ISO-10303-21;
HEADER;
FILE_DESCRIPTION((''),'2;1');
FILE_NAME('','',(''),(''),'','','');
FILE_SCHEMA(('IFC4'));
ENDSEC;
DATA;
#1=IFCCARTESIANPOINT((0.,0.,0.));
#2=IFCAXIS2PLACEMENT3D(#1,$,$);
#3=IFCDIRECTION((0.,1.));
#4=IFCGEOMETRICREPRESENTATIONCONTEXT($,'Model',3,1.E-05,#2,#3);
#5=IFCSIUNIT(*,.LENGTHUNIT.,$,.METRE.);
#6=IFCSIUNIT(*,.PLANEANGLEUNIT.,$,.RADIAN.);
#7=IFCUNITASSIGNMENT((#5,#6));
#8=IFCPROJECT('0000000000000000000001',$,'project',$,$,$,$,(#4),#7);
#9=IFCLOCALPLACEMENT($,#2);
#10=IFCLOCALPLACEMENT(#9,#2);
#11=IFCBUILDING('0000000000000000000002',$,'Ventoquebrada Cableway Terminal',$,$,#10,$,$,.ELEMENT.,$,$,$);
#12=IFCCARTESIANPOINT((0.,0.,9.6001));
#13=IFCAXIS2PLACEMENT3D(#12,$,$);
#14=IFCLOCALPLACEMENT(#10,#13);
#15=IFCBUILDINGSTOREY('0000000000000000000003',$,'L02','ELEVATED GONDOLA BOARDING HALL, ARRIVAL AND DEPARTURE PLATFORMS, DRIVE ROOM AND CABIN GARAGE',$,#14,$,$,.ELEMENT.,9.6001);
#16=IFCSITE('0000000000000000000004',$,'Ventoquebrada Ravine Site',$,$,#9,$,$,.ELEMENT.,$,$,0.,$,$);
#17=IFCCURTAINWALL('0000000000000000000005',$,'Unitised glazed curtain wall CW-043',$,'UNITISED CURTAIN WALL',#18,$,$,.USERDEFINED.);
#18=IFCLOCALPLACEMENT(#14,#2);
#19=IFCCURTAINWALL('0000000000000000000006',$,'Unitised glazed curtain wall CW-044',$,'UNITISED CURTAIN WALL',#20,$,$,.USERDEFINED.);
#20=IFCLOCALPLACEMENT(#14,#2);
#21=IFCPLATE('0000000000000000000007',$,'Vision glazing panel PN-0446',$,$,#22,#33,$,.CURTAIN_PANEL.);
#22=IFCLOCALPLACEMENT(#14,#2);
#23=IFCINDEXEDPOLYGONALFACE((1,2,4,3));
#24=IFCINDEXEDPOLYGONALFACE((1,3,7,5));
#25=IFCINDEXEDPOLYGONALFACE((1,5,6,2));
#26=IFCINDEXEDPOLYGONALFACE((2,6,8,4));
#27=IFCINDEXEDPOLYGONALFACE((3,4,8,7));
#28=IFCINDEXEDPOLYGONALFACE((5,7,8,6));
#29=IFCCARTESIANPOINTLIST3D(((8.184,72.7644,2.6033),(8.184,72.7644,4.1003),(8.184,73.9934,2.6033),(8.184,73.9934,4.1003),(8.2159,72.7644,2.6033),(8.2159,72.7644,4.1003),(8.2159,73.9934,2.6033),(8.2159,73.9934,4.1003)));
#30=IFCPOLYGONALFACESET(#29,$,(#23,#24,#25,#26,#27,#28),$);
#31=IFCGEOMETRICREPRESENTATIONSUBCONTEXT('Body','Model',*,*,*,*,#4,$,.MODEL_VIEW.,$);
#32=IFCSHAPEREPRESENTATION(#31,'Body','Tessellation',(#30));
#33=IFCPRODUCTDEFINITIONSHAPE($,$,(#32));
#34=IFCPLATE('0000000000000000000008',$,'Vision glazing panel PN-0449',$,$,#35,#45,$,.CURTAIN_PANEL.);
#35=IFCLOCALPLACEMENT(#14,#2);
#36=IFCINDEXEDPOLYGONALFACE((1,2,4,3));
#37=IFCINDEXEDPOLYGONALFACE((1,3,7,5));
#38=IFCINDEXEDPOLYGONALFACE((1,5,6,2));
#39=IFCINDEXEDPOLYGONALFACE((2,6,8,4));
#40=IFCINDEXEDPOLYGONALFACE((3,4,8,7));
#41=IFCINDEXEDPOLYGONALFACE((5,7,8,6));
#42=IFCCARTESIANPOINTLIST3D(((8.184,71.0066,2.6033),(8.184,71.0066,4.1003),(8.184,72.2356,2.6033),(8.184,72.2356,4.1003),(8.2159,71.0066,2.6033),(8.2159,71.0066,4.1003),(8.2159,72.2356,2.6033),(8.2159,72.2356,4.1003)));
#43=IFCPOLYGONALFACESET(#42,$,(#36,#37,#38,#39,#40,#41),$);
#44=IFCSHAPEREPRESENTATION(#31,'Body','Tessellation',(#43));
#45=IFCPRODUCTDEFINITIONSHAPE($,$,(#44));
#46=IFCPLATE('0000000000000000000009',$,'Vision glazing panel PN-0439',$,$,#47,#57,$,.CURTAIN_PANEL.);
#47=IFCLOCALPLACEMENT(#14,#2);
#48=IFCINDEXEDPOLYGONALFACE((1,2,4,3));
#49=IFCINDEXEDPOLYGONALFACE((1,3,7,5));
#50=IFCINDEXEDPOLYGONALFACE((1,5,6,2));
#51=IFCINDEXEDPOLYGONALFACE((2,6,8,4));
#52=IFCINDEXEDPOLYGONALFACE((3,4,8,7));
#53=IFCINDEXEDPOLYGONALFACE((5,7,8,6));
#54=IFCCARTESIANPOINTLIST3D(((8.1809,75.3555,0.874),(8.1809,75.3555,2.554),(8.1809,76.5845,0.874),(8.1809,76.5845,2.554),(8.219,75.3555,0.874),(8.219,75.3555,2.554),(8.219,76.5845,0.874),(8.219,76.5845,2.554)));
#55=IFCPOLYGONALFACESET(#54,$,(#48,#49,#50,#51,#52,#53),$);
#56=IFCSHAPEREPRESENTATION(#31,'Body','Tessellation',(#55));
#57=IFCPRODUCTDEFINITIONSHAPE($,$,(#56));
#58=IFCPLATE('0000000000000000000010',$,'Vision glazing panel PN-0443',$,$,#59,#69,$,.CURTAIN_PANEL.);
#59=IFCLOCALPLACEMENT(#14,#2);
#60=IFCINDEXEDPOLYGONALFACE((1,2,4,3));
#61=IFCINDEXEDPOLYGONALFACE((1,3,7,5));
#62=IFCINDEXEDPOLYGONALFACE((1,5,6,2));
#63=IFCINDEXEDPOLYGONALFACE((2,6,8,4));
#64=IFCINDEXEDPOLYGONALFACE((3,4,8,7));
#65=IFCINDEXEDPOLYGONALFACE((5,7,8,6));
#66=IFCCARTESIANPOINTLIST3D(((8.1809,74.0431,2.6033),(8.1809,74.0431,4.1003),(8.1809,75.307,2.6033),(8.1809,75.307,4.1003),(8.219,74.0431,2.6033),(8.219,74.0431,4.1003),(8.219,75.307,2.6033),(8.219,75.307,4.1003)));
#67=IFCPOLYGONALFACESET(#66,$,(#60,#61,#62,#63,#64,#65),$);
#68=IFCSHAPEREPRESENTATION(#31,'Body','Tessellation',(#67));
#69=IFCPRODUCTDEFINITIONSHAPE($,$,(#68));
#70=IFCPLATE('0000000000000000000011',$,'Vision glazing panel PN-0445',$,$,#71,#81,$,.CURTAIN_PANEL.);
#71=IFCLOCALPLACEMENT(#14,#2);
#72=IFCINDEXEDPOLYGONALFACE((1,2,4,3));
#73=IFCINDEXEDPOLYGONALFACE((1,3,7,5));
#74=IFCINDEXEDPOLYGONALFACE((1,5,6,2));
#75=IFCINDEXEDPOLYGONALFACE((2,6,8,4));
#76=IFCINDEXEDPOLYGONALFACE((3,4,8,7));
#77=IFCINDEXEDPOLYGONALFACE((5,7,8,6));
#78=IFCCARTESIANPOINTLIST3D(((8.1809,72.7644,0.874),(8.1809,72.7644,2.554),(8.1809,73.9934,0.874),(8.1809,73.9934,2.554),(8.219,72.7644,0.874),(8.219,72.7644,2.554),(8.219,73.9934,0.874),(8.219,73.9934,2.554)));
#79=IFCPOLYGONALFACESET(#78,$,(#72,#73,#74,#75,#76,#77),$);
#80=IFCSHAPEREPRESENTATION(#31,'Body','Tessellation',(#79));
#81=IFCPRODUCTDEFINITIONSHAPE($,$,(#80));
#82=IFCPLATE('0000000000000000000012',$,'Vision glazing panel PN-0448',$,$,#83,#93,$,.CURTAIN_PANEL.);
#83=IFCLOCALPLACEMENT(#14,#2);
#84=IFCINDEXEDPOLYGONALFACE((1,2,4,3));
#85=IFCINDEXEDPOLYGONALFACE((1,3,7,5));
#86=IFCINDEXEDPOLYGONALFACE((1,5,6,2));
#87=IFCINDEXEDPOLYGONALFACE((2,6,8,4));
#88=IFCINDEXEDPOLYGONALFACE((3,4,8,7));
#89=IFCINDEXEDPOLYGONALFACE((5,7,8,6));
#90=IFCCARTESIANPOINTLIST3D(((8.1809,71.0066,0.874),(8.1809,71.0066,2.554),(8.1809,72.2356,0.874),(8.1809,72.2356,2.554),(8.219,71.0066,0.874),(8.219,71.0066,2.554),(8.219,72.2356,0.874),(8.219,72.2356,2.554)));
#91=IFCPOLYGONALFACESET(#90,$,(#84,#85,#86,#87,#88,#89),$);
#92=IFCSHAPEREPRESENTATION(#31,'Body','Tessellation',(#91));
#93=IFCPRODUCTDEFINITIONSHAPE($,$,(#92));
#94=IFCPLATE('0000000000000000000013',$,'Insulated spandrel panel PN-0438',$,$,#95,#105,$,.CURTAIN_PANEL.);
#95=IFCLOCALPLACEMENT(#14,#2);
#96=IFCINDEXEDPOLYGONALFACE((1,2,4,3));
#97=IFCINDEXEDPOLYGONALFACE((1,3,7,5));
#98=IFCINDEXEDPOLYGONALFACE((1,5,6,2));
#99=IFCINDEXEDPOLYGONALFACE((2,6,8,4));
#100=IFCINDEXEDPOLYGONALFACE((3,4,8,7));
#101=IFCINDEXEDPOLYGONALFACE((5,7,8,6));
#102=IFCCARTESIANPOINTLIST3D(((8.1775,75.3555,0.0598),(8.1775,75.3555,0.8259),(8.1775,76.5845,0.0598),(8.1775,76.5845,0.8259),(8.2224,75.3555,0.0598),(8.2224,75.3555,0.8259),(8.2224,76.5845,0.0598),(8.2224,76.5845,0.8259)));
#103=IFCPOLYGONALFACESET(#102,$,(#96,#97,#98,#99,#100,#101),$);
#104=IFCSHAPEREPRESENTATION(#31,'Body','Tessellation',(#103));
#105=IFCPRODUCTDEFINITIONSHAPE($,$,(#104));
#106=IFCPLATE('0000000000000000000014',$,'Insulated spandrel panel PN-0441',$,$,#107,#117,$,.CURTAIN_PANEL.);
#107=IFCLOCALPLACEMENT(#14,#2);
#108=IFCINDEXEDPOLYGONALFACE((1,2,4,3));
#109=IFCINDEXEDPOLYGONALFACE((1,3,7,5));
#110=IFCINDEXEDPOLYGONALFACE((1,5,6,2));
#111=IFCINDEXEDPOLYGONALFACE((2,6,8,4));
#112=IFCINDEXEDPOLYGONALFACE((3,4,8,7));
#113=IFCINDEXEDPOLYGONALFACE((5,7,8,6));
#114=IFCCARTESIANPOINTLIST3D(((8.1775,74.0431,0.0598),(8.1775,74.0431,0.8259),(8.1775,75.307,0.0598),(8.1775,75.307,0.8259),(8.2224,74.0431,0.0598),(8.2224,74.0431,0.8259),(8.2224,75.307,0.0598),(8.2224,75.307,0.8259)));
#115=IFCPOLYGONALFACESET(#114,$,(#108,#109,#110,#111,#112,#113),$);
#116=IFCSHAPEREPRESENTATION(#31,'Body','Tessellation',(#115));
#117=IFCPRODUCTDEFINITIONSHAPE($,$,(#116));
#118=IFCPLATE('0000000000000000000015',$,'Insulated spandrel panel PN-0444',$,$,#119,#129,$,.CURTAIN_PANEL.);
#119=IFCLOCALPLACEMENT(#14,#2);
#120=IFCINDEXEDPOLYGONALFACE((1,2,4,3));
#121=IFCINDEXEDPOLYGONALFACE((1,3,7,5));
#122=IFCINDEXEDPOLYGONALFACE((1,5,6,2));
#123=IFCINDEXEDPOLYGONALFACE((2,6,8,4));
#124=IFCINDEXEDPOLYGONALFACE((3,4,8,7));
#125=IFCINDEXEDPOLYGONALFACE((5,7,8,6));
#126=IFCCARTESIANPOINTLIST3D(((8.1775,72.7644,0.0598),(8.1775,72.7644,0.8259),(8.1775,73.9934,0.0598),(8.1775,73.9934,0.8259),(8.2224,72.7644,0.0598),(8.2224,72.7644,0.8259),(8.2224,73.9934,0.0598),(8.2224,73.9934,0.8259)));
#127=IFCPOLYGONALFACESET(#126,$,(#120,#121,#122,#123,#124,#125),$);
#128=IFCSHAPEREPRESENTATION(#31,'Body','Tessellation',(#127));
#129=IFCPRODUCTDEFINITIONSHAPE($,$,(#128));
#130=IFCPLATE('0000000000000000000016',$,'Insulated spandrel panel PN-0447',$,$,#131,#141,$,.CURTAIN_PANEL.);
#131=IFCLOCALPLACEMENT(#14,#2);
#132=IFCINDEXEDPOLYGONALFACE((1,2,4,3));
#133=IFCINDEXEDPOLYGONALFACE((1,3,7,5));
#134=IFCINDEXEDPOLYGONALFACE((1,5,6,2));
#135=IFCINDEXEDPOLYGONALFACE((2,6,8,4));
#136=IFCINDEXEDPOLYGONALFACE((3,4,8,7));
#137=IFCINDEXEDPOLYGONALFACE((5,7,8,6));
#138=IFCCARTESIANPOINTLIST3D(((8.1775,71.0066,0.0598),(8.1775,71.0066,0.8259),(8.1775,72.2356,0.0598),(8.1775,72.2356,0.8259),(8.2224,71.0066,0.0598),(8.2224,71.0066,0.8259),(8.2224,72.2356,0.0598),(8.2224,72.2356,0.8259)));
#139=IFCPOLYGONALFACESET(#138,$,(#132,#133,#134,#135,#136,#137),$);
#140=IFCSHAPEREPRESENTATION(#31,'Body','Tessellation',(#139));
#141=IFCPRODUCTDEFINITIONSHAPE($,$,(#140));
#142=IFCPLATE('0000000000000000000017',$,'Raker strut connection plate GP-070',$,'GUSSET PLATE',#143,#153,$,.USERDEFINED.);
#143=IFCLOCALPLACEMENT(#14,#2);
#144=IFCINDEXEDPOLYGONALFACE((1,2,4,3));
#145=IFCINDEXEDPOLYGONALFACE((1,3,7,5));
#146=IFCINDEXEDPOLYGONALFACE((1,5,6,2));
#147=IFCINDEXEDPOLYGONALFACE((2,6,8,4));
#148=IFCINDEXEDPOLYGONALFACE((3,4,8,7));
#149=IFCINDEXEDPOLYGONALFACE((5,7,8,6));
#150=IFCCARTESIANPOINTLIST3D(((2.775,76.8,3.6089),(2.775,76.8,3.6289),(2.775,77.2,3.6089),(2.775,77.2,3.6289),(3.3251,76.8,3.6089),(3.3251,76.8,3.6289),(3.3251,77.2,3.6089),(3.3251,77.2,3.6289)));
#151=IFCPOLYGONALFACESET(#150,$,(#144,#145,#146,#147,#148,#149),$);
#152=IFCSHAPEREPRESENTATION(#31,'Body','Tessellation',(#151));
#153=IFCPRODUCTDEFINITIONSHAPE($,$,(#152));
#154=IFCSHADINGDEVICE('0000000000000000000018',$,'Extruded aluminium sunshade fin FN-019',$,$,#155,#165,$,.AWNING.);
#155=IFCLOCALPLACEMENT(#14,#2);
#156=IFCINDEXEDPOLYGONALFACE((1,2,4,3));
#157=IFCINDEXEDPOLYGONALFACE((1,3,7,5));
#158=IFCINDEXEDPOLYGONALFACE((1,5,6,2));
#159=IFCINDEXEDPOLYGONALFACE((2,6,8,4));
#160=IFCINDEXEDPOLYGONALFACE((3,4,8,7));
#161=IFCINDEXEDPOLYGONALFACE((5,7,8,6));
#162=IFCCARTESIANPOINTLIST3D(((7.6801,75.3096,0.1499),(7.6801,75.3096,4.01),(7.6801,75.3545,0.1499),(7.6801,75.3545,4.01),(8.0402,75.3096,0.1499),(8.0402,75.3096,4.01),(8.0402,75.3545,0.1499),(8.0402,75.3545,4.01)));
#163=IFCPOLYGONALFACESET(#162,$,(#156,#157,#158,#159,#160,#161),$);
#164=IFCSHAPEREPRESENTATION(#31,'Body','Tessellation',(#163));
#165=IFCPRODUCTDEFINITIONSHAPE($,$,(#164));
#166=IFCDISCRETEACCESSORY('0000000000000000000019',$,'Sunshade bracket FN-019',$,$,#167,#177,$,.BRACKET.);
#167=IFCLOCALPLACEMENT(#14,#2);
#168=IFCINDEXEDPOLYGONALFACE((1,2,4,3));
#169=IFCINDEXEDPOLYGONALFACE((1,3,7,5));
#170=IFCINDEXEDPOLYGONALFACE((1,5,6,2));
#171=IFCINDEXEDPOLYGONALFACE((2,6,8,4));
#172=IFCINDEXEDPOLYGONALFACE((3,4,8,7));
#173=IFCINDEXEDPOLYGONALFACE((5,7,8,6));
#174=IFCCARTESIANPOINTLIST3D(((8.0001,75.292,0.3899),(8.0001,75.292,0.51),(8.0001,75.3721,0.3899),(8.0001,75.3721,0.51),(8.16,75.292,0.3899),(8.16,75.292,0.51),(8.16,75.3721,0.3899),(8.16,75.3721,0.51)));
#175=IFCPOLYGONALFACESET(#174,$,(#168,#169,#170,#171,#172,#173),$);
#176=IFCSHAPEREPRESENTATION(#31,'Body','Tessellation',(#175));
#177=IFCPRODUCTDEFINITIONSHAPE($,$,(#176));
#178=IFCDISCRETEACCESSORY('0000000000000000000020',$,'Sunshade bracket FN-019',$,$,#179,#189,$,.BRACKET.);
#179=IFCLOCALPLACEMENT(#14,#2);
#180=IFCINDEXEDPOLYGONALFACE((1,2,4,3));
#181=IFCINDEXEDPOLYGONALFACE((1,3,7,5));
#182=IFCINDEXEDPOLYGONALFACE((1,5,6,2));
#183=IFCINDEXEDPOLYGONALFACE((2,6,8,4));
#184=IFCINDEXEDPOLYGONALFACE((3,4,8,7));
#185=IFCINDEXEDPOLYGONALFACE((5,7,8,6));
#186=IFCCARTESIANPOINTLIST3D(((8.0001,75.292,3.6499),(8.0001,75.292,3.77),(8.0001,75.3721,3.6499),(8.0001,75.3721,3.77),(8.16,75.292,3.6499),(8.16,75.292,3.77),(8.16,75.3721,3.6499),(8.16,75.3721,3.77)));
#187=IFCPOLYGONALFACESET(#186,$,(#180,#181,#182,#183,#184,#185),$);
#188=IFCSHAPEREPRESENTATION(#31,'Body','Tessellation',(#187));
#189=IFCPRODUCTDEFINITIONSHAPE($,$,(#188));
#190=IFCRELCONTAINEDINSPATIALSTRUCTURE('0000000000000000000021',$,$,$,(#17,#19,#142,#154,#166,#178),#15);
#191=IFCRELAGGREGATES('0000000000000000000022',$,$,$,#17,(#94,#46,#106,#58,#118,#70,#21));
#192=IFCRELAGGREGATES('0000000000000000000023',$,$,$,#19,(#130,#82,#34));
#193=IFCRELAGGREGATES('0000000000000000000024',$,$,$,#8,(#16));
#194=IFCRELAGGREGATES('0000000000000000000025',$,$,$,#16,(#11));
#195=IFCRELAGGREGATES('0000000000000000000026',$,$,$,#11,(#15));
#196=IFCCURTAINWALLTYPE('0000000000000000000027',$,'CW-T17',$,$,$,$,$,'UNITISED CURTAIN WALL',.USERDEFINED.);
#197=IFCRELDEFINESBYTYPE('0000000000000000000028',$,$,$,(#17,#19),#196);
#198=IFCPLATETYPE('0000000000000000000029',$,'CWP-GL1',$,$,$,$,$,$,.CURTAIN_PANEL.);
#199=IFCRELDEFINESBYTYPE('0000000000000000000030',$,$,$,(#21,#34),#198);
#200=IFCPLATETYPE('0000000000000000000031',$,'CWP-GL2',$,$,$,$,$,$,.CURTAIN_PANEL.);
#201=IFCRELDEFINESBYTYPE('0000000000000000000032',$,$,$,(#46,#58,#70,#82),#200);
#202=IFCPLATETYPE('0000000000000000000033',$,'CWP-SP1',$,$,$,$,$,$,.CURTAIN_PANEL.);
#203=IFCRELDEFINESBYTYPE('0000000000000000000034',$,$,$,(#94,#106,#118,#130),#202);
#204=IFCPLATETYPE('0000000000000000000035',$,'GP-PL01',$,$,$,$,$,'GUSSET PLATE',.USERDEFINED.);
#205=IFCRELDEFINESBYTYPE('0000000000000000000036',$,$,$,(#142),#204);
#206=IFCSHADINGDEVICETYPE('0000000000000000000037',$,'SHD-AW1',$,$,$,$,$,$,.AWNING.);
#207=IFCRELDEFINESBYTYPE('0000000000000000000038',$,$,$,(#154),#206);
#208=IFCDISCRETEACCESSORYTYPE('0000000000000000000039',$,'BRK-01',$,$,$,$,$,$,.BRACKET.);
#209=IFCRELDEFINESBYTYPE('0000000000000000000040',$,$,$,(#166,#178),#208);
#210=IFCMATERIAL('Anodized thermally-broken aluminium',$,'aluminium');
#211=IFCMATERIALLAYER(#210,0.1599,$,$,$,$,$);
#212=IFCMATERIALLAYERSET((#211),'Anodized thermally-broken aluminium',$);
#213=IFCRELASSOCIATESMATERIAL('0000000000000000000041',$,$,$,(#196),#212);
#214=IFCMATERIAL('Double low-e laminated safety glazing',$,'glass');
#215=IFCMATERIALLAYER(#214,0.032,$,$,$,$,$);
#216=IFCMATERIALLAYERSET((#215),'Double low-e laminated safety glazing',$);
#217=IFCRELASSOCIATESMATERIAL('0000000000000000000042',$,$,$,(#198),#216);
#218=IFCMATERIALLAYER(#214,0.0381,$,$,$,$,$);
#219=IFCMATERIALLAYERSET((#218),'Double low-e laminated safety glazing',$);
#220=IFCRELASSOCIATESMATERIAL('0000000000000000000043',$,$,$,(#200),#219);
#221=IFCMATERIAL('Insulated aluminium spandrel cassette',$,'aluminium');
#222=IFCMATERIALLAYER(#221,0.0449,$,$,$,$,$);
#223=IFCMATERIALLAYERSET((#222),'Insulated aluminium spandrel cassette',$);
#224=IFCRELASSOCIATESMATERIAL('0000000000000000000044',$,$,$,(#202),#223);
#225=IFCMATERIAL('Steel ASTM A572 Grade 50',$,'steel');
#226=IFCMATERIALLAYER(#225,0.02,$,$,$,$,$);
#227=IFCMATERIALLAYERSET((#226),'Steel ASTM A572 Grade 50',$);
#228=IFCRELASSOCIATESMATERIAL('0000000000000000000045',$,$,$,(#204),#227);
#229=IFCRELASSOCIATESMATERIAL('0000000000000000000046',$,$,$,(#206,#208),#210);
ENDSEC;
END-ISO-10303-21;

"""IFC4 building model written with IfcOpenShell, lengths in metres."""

from ifc_helpers import new_model, si_unit, direction, frame, origin, origin_2d, place, context, subcontext, project, spatial, rectangle, extrude, material, layer, layer_set, type_object, element, aggregate, save


model = new_model("IFC4")

# Units and contexts
model_context = context("Model", 3, precision=1e-05, world=origin(), true_north=direction((0.0, 1.0)))
body_context = subcontext(model_context, "Body", "Model", "MODEL_VIEW")
ifc_project = project(units=[si_unit("LENGTHUNIT", "METRE"), si_unit("PLANEANGLEUNIT", "RADIAN")], contexts=[model_context])

# Site, building, storey
site_placement = place(None, origin())
site = spatial("IfcSite", under=ifc_project, at=site_placement, Name="Ventoquebrada Ravine Site", CompositionType="ELEMENT", RefElevation=0.0)
building_placement = place(site_placement, origin())
building = spatial("IfcBuilding", under=site, at=building_placement, Name="Ventoquebrada Cableway Terminal", CompositionType="ELEMENT")
storey_placement = place(building_placement, frame((0.0, 0.0, 9.6001)))
storey = spatial("IfcBuildingStorey", under=building, at=storey_placement, Name="L02", Description="ELEVATED GONDOLA BOARDING HALL, ARRIVAL AND DEPARTURE PLATFORMS, DRIVE ROOM AND CABIN GARAGE", CompositionType="ELEMENT", Elevation=9.6001)

# Curtain wall
ifc_material_1 = material(Name="Anodized thermally-broken aluminium", Category="aluminium")
ifc_layer_1 = layer(ifc_material_1, 0.1599)
ifc_layer_set_1 = layer_set([ifc_layer_1], Name="Anodized thermally-broken aluminium")
curtain_wall_type = type_object("IfcCurtainWallType", Name="CW-T17", ElementType="UNITISED CURTAIN WALL", PredefinedType="USERDEFINED", material=ifc_layer_set_1)
curtain_wall_1_placement = place(storey_placement, origin())
curtain_wall_1 = element("IfcCurtainWall", 1, at=curtain_wall_1_placement, inside=storey, type_object=curtain_wall_type, Name="Unitised glazed curtain wall CW-043", ObjectType="UNITISED CURTAIN WALL", PredefinedType="USERDEFINED")

# Curtain wall
curtain_wall_2_placement = place(storey_placement, origin())
curtain_wall_2 = element("IfcCurtainWall", 2, at=curtain_wall_2_placement, inside=storey, type_object=curtain_wall_type, Name="Unitised glazed curtain wall CW-044", ObjectType="UNITISED CURTAIN WALL", PredefinedType="USERDEFINED")

# Plates
ifc_material_2 = material(Name="Double low-e laminated safety glazing", Category="glass")
ifc_layer_2 = layer(ifc_material_2, 0.032)
ifc_layer_set_2 = layer_set([ifc_layer_2], Name="Double low-e laminated safety glazing")
plate_type_1 = type_object("IfcPlateType", Name="CWP-GL1", PredefinedType="CURTAIN_PANEL", material=ifc_layer_set_2)
plate_1_placement = place(storey_placement, frame((8.2, 73.3789, 2.6033), z_axis=(0.0, 0.0, 1.0), x_axis=(0.0, -1.0, 0.0)))
plate_1 = element("IfcPlate", 3, at=plate_1_placement, type_object=plate_type_1, Name="Vision glazing panel PN-0446", PredefinedType="CURTAIN_PANEL", context=body_context, shape_type="SweptSolid", body=[
    extrude(rectangle(XDim=1.229, YDim=0.032, at=origin_2d()), origin(), (0.0, 0.0, 1.0), 1.4971),
])
plate_2_placement = place(storey_placement, frame((8.2, 71.6211, 2.6033), z_axis=(0.0, 0.0, 1.0), x_axis=(0.0, -1.0, 0.0)))
plate_2 = element("IfcPlate", 4, at=plate_2_placement, type_object=plate_type_1, Name="Vision glazing panel PN-0449", PredefinedType="CURTAIN_PANEL", context=body_context, shape_type="SweptSolid", body=[
    extrude(rectangle(XDim=1.229, YDim=0.032, at=origin_2d()), origin(), (0.0, 0.0, 1.0), 1.4971),
])
ifc_layer_3 = layer(ifc_material_2, 0.0381)
ifc_layer_set_3 = layer_set([ifc_layer_3], Name="Double low-e laminated safety glazing")
plate_type_2 = type_object("IfcPlateType", Name="CWP-GL2", PredefinedType="CURTAIN_PANEL", material=ifc_layer_set_3)
plate_3_placement = place(storey_placement, frame((8.2, 75.97, 0.874), z_axis=(0.0, 0.0, 1.0), x_axis=(0.0, -1.0, 0.0)))
plate_3 = element("IfcPlate", 5, at=plate_3_placement, type_object=plate_type_2, Name="Vision glazing panel PN-0439", PredefinedType="CURTAIN_PANEL", context=body_context, shape_type="SweptSolid", body=[
    extrude(rectangle(XDim=1.229, YDim=0.0381, at=origin_2d()), origin(), (0.0, 0.0, 1.0), 1.6799),
])
plate_4_placement = place(storey_placement, frame((8.2, 74.675, 2.6033), z_axis=(0.0, 0.0, 1.0), x_axis=(0.0, -1.0, 0.0)))
plate_4 = element("IfcPlate", 6, at=plate_4_placement, type_object=plate_type_2, Name="Vision glazing panel PN-0443", PredefinedType="CURTAIN_PANEL", context=body_context, shape_type="SweptSolid", body=[
    extrude(rectangle(XDim=1.2639, YDim=0.0381, at=origin_2d()), origin(), (0.0, 0.0, 1.0), 1.4971),
])
plate_5_placement = place(storey_placement, frame((8.2, 73.3789, 0.874), z_axis=(0.0, 0.0, 1.0), x_axis=(0.0, -1.0, 0.0)))
plate_5 = element("IfcPlate", 7, at=plate_5_placement, type_object=plate_type_2, Name="Vision glazing panel PN-0445", PredefinedType="CURTAIN_PANEL", context=body_context, shape_type="SweptSolid", body=[
    extrude(rectangle(XDim=1.229, YDim=0.0381, at=origin_2d()), origin(), (0.0, 0.0, 1.0), 1.6799),
])
plate_6_placement = place(storey_placement, frame((8.2, 71.6211, 0.874), z_axis=(0.0, 0.0, 1.0), x_axis=(0.0, -1.0, 0.0)))
plate_6 = element("IfcPlate", 8, at=plate_6_placement, type_object=plate_type_2, Name="Vision glazing panel PN-0448", PredefinedType="CURTAIN_PANEL", context=body_context, shape_type="SweptSolid", body=[
    extrude(rectangle(XDim=1.229, YDim=0.0381, at=origin_2d()), origin(), (0.0, 0.0, 1.0), 1.6799),
])
ifc_material_3 = material(Name="Insulated aluminium spandrel cassette", Category="aluminium")
ifc_layer_4 = layer(ifc_material_3, 0.0449)
ifc_layer_set_4 = layer_set([ifc_layer_4], Name="Insulated aluminium spandrel cassette")
plate_type_3 = type_object("IfcPlateType", Name="CWP-SP1", PredefinedType="CURTAIN_PANEL", material=ifc_layer_set_4)
plate_7_placement = place(storey_placement, frame((8.2, 75.97, 0.0598), z_axis=(0.0, 0.0, 1.0), x_axis=(0.0, -1.0, 0.0)))
plate_7 = element("IfcPlate", 9, at=plate_7_placement, type_object=plate_type_3, Name="Insulated spandrel panel PN-0438", PredefinedType="CURTAIN_PANEL", context=body_context, shape_type="SweptSolid", body=[
    extrude(rectangle(XDim=1.229, YDim=0.0449, at=origin_2d()), origin(), (0.0, 0.0, 1.0), 0.7661),
])
plate_8_placement = place(storey_placement, frame((8.2, 74.675, 0.0598), z_axis=(0.0, 0.0, 1.0), x_axis=(0.0, -1.0, 0.0)))
plate_8 = element("IfcPlate", 10, at=plate_8_placement, type_object=plate_type_3, Name="Insulated spandrel panel PN-0441", PredefinedType="CURTAIN_PANEL", context=body_context, shape_type="SweptSolid", body=[
    extrude(rectangle(XDim=1.2639, YDim=0.0449, at=origin_2d()), origin(), (0.0, 0.0, 1.0), 0.7661),
])
plate_9_placement = place(storey_placement, frame((8.2, 73.3789, 0.0598), z_axis=(0.0, 0.0, 1.0), x_axis=(0.0, -1.0, 0.0)))
plate_9 = element("IfcPlate", 11, at=plate_9_placement, type_object=plate_type_3, Name="Insulated spandrel panel PN-0444", PredefinedType="CURTAIN_PANEL", context=body_context, shape_type="SweptSolid", body=[
    extrude(rectangle(XDim=1.229, YDim=0.0449, at=origin_2d()), origin(), (0.0, 0.0, 1.0), 0.7661),
])
aggregate(curtain_wall_1, [plate_7, plate_3, plate_8, plate_4, plate_9, plate_5, plate_1])
plate_10_placement = place(storey_placement, frame((8.2, 71.6211, 0.0598), z_axis=(0.0, 0.0, 1.0), x_axis=(0.0, -1.0, 0.0)))
plate_10 = element("IfcPlate", 12, at=plate_10_placement, type_object=plate_type_3, Name="Insulated spandrel panel PN-0447", PredefinedType="CURTAIN_PANEL", context=body_context, shape_type="SweptSolid", body=[
    extrude(rectangle(XDim=1.229, YDim=0.0449, at=origin_2d()), origin(), (0.0, 0.0, 1.0), 0.7661),
])
aggregate(curtain_wall_2, [plate_10, plate_6, plate_2])
ifc_material_4 = material(Name="Steel ASTM A572 Grade 50", Category="steel")
ifc_layer_5 = layer(ifc_material_4, 0.02)
ifc_layer_set_5 = layer_set([ifc_layer_5], Name="Steel ASTM A572 Grade 50")
plate_type_4 = type_object("IfcPlateType", Name="GP-PL01", ElementType="GUSSET PLATE", PredefinedType="USERDEFINED", material=ifc_layer_set_5)
plate_11_placement = place(storey_placement, frame((3.05, 77.0, 3.6089), z_axis=(0.0, 0.0, 1.0), x_axis=(1.0, 0.0, 0.0)))
element("IfcPlate", 13, at=plate_11_placement, inside=storey, type_object=plate_type_4, Name="Raker strut connection plate GP-070", ObjectType="GUSSET PLATE", PredefinedType="USERDEFINED", context=body_context, shape_type="SweptSolid", body=[
    extrude(rectangle(XDim=0.55, YDim=0.3999, at=origin_2d()), origin(), (0.0, 0.0, 1.0), 0.02),
])

# Shading device
shading_device_type = type_object("IfcShadingDeviceType", Name="SHD-AW1", PredefinedType="AWNING", material=ifc_material_1)
shading_device_placement = place(storey_placement, frame((7.8601, 75.332, 0.1499), z_axis=(0.0, 0.0, 1.0), x_axis=(0.0, -1.0, 0.0)))
element("IfcShadingDevice", 14, at=shading_device_placement, inside=storey, type_object=shading_device_type, Name="Extruded aluminium sunshade fin FN-019", PredefinedType="AWNING", context=body_context, shape_type="SweptSolid", body=[
    extrude(rectangle(XDim=0.0449, YDim=0.3601, at=origin_2d()), origin(), (0.0, 0.0, 1.0), 3.8601),
])

# Discrete accessories
discrete_accessory_type = type_object("IfcDiscreteAccessoryType", Name="BRK-01", PredefinedType="BRACKET", material=ifc_material_1)
for number, where, z_axis, x_axis, name in (
    (15, (8.0801, 75.332, 0.3899), (0.0, 0.0, 1.0), (0.0, -1.0, 0.0), "Sunshade bracket FN-019"),
    (16, (8.0801, 75.332, 3.6499), (0.0, 0.0, 1.0), (0.0, -1.0, 0.0), "Sunshade bracket FN-019"),
):
    element("IfcDiscreteAccessory", number, at=place(storey_placement, frame(where, z_axis=z_axis, x_axis=x_axis)), inside=storey, type_object=discrete_accessory_type, Name=name, PredefinedType="BRACKET", context=body_context, shape_type="SweptSolid", body=[
        extrude(rectangle(XDim=0.0801, YDim=0.1599, at=origin_2d()), origin(), (0.0, 0.0, 1.0), 0.1201),
    ])

save(model, "model.ifc")
